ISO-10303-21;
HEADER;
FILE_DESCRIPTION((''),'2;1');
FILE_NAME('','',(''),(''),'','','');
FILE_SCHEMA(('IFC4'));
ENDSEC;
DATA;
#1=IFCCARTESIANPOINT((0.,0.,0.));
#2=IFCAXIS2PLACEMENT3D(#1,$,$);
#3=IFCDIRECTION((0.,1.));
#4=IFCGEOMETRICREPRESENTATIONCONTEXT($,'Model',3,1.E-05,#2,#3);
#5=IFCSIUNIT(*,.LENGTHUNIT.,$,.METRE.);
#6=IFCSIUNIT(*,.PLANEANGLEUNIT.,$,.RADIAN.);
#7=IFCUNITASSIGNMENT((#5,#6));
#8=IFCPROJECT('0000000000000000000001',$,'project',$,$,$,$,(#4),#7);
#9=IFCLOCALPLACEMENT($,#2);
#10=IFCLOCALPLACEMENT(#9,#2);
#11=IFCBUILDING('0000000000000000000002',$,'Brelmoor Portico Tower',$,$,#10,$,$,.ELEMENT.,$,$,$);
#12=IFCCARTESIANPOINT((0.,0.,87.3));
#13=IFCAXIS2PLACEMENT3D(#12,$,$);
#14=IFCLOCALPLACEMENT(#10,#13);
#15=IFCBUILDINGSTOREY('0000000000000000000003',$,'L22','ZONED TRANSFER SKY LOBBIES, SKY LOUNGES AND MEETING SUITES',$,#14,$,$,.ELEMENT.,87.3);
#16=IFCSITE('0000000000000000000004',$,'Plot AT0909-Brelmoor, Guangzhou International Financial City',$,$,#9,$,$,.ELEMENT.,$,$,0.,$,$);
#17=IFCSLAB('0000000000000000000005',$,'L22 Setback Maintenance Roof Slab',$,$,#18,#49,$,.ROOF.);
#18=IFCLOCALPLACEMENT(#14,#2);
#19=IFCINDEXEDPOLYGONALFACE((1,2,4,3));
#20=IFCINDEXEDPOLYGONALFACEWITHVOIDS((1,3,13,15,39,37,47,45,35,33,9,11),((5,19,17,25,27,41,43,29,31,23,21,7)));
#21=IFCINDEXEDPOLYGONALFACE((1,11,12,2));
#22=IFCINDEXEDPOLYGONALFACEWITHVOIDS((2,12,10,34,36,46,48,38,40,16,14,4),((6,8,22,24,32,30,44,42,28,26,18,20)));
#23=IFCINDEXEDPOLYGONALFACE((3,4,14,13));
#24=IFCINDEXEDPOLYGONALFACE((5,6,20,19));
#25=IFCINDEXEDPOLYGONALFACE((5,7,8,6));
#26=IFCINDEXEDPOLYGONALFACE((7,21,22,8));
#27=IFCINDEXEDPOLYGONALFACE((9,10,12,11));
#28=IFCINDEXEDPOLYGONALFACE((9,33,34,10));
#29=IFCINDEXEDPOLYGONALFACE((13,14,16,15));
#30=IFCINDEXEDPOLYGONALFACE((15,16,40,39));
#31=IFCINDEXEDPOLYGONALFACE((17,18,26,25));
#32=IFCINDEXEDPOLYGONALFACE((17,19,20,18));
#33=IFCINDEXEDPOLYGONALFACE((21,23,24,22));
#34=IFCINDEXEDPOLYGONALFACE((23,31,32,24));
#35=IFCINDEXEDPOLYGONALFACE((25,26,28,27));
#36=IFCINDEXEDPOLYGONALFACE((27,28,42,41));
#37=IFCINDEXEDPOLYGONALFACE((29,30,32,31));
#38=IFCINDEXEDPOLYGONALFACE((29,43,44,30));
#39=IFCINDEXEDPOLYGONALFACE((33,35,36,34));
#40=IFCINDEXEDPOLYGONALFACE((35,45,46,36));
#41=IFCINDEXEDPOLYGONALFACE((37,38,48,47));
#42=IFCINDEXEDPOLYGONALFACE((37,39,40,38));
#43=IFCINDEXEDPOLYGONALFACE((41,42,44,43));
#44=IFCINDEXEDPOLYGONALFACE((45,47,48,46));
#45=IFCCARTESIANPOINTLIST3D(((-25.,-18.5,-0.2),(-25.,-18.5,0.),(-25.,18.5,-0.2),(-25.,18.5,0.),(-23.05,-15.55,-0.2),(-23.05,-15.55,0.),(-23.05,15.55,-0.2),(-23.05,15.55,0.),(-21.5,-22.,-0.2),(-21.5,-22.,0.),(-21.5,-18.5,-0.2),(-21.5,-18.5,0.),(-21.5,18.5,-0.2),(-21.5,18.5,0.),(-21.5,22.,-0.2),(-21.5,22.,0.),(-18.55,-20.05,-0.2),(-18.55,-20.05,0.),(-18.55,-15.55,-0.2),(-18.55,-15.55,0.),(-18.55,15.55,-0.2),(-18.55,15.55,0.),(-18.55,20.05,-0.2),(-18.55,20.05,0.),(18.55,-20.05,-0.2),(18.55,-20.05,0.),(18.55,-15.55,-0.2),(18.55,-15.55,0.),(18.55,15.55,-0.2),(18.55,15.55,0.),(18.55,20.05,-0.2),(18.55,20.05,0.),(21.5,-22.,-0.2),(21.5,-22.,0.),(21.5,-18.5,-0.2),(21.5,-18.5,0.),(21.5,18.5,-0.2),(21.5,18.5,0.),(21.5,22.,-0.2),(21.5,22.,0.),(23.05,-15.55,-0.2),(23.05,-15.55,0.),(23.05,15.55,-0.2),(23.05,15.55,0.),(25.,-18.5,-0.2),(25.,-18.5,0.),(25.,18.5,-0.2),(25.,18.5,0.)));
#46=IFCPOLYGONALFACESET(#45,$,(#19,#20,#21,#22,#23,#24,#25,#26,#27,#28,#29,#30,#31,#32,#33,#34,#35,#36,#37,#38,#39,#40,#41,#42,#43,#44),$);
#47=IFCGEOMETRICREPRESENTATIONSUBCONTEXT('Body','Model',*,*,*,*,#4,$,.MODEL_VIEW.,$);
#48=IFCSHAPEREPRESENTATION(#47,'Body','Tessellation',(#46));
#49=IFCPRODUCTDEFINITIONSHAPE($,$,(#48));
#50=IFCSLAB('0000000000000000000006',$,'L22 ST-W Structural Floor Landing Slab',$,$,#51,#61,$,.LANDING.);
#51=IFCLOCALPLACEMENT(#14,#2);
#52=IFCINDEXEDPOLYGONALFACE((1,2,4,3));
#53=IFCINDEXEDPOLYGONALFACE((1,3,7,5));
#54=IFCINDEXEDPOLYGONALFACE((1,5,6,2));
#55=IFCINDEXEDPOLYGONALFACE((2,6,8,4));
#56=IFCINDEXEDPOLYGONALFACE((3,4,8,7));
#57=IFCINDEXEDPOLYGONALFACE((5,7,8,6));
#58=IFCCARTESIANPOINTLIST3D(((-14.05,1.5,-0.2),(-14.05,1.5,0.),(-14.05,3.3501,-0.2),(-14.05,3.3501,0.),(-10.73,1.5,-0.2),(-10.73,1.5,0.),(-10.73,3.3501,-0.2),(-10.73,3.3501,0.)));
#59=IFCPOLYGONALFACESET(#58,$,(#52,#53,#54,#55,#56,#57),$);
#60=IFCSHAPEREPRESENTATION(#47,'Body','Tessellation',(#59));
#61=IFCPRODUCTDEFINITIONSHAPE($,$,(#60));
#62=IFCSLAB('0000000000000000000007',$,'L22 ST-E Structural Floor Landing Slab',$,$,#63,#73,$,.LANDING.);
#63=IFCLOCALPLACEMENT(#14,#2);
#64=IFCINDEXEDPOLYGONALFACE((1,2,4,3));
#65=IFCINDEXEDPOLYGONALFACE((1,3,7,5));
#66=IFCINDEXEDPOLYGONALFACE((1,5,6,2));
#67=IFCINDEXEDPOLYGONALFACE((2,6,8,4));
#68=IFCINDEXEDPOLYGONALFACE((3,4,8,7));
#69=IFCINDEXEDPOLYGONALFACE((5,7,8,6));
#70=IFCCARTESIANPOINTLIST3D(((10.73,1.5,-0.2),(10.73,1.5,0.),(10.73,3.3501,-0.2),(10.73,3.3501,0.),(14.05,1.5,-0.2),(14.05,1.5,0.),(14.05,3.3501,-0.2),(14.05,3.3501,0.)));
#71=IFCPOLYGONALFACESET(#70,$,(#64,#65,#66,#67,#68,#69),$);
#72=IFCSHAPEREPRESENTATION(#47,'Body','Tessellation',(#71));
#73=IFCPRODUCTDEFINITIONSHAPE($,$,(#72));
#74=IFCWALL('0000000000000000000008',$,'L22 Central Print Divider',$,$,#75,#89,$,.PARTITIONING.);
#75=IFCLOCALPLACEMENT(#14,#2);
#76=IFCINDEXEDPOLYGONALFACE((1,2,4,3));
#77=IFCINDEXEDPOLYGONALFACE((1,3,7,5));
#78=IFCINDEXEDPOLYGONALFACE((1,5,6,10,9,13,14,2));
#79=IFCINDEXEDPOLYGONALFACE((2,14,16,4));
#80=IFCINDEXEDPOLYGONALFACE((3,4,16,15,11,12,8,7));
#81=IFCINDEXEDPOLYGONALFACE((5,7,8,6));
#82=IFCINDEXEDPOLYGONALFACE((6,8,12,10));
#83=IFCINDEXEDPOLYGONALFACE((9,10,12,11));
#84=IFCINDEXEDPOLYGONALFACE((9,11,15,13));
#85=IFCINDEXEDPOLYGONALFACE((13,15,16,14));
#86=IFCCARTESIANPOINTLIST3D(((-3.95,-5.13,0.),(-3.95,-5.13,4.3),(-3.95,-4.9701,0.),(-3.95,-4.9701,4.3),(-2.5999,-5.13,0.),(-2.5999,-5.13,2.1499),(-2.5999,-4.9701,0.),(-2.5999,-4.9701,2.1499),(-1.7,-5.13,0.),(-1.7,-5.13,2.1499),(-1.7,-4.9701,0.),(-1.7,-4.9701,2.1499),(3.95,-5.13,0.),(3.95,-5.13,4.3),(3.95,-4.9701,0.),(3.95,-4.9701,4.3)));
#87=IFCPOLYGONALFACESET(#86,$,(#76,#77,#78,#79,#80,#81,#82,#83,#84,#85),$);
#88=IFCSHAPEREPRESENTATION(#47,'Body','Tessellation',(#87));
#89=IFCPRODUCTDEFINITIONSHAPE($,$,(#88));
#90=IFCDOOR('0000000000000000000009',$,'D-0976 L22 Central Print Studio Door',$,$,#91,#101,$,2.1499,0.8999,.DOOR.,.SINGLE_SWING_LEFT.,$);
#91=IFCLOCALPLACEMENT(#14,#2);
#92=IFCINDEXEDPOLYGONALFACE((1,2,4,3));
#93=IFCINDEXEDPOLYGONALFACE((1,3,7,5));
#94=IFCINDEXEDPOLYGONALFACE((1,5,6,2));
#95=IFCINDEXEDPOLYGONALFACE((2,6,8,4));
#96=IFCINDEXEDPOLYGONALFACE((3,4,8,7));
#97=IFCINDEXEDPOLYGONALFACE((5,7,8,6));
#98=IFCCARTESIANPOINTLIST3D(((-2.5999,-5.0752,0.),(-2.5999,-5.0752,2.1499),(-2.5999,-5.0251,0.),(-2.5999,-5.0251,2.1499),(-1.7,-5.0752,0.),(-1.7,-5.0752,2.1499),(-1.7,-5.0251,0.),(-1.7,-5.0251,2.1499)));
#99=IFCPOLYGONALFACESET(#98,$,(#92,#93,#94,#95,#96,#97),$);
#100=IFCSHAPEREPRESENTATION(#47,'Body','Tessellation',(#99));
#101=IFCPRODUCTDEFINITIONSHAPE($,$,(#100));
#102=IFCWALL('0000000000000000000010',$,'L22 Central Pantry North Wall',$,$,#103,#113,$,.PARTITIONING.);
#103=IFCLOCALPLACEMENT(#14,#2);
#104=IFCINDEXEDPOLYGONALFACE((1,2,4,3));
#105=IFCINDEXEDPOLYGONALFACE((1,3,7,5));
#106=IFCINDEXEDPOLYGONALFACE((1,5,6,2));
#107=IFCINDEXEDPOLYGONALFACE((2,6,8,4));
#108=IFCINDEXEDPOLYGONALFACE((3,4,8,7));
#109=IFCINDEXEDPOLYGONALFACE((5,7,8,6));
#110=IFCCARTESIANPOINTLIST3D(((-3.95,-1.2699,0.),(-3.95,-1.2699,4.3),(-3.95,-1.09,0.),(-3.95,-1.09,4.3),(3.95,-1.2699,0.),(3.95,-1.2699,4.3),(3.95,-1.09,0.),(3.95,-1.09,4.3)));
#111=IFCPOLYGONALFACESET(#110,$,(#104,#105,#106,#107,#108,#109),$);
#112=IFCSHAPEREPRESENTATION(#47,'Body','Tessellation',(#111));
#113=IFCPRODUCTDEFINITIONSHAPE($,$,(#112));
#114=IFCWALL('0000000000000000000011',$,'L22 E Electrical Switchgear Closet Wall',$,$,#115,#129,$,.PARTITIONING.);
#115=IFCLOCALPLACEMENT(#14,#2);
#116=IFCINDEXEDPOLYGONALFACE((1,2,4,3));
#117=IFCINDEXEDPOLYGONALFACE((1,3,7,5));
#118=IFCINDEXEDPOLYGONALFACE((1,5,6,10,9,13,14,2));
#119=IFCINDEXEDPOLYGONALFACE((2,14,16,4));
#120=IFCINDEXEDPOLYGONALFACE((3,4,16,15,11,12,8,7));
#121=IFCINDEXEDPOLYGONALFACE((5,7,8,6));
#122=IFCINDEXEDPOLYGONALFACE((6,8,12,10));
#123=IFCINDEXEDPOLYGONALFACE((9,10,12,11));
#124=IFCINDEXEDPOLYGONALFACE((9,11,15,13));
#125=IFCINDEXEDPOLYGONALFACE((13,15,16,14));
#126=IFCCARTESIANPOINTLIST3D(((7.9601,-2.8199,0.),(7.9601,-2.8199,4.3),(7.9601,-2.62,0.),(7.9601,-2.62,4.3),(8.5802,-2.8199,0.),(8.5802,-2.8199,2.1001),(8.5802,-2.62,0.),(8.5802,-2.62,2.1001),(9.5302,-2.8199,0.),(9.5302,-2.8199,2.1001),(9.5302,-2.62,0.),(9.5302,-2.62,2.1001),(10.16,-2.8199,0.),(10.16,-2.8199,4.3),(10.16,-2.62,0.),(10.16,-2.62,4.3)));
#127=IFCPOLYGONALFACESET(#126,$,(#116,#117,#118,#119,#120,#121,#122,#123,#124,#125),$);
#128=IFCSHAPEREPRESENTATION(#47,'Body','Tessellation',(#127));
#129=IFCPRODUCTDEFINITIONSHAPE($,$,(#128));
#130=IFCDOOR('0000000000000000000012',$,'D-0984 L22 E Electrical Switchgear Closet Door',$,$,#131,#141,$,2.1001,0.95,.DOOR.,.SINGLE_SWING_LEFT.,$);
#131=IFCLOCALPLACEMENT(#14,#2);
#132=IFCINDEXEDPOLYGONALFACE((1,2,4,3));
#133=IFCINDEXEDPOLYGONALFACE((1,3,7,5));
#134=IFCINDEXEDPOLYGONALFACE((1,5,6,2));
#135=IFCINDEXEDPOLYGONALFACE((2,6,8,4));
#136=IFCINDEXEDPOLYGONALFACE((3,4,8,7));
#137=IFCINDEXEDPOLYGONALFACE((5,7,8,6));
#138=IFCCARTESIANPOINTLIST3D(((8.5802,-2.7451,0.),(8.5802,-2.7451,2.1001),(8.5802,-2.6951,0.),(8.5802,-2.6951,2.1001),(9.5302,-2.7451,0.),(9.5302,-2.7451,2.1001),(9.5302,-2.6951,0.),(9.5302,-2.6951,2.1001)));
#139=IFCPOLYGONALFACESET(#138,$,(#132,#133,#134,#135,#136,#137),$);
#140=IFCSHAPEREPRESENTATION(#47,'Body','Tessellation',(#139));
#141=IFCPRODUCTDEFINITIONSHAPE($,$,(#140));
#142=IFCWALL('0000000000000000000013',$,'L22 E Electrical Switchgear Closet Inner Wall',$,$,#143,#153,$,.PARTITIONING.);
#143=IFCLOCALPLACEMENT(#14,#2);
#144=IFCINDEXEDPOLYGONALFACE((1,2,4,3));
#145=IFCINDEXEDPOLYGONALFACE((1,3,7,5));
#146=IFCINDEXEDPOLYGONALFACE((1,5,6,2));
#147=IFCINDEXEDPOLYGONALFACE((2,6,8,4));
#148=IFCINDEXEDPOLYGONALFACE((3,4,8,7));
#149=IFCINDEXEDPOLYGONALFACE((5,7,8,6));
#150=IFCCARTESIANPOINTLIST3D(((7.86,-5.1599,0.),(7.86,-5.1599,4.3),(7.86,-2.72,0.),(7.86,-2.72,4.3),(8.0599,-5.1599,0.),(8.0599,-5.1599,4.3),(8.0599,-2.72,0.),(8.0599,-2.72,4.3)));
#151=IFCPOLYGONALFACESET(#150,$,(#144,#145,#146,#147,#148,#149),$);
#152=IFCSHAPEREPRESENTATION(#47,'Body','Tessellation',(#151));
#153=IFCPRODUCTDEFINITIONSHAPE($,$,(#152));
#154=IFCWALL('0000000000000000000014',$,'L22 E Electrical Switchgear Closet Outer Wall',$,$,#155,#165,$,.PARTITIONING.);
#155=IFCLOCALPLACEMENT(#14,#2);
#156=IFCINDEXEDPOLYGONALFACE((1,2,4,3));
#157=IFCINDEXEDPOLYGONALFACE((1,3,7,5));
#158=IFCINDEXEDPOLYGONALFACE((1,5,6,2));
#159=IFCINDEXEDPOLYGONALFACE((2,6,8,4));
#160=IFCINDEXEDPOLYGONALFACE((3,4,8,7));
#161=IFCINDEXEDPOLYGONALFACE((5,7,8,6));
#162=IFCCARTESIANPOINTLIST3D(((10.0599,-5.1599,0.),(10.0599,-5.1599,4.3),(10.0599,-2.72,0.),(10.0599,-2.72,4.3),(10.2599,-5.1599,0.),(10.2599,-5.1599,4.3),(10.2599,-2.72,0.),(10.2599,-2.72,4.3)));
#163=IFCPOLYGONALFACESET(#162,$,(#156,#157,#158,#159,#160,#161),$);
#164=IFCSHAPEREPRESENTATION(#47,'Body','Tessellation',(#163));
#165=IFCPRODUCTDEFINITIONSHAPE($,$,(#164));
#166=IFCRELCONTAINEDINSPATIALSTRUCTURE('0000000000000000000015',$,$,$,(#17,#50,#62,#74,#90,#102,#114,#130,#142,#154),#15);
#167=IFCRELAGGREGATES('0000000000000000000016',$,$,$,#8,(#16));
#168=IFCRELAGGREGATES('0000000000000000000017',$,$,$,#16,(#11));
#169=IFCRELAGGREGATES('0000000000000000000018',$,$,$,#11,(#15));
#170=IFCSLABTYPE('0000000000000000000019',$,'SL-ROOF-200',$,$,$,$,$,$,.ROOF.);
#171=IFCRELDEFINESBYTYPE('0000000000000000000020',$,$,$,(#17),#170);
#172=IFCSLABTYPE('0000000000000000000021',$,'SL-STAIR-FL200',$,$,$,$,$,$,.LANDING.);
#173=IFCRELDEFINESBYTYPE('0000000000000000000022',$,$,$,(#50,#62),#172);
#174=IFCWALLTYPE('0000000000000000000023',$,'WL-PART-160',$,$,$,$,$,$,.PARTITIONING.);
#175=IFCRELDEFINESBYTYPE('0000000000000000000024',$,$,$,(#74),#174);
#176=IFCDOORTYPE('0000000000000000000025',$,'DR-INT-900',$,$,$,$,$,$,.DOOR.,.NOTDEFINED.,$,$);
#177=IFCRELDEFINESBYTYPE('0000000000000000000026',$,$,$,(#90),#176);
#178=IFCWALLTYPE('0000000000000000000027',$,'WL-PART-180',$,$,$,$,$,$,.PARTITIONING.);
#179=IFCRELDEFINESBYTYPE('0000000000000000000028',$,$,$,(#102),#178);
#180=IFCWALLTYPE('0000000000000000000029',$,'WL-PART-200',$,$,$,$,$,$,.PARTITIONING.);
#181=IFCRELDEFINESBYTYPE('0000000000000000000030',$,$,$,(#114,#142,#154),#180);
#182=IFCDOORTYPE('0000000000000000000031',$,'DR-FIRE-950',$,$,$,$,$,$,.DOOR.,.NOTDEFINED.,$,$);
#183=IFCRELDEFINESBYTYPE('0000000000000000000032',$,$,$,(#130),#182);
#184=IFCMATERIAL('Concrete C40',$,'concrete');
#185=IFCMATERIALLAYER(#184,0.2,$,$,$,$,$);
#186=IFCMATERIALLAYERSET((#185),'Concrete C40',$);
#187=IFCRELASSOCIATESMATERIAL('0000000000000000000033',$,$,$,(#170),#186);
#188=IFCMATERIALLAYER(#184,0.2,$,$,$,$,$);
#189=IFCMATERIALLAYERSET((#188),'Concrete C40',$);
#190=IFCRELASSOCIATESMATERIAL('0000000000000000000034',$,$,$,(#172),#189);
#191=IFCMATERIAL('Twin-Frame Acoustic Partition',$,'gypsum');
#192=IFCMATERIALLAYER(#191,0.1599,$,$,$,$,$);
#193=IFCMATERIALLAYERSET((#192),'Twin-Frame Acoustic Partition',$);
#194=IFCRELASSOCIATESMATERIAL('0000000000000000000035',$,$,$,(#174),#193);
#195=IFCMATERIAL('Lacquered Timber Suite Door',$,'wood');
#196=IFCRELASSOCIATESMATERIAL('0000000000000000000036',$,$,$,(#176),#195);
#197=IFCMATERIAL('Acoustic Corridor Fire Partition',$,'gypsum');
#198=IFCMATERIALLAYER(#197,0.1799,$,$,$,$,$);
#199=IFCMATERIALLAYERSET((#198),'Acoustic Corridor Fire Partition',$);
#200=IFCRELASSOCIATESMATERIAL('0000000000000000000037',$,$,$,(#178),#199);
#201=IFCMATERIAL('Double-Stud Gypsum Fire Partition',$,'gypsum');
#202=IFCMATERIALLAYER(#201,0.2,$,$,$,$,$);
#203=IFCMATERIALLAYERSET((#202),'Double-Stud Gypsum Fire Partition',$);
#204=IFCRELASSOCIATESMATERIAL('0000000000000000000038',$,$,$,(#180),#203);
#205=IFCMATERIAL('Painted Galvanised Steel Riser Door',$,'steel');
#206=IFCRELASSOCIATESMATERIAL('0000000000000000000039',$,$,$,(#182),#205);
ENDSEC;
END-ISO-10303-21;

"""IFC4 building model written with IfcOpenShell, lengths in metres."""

from ifc_helpers import new_model, si_unit, direction, frame, frame_2d, origin, place, context, subcontext, project, spatial, polyline, rectangle, outline, extrude, material, layer, layer_set, type_object, element, fill, save


model = new_model("IFC4")

# Units and contexts
model_context = context("Model", 3, precision=1e-05, world=origin(), true_north=direction((0.0, 1.0)))
body_context = subcontext(model_context, "Body", "Model", "MODEL_VIEW")
ifc_project = project(units=[si_unit("LENGTHUNIT", "METRE"), si_unit("PLANEANGLEUNIT", "RADIAN")], contexts=[model_context])

# Site, building, storey
site_placement = place(None, origin())
site = spatial("IfcSite", under=ifc_project, at=site_placement, Name="Plot AT0909-Brelmoor, Guangzhou International Financial City", CompositionType="ELEMENT", RefElevation=0.0)
building_placement = place(site_placement, origin())
building = spatial("IfcBuilding", under=site, at=building_placement, Name="Brelmoor Portico Tower", CompositionType="ELEMENT")
storey_placement = place(building_placement, frame((0.0, 0.0, 87.3)))
storey = spatial("IfcBuildingStorey", under=building, at=storey_placement, Name="L22", Description="ZONED TRANSFER SKY LOBBIES, SKY LOUNGES AND MEETING SUITES", CompositionType="ELEMENT", Elevation=87.3)

# Shared definitions
ifc_material_1 = material(Name="Concrete C40", Category="concrete")

# Slabs
ifc_layer_1 = layer(ifc_material_1, 0.2)
ifc_layer_set_1 = layer_set([ifc_layer_1], Name="Concrete C40")
slab_type_1 = type_object("IfcSlabType", Name="SL-ROOF-200", PredefinedType="ROOF", material=ifc_layer_set_1)
slab_1_placement = place(storey_placement, frame((0.0, 0.0, -0.2)))
element("IfcSlab", 1, at=slab_1_placement, inside=storey, type_object=slab_type_1, Name="L22 Setback Maintenance Roof Slab", PredefinedType="ROOF", context=body_context, shape_type="SweptSolid", body=[
    extrude(outline(polyline([(-21.5, -22.0), (21.5, -22.0), (21.5, -18.5), (25.0, -18.5), (25.0, 18.5), (21.5, 18.5), (21.5, 22.0), (-21.5, 22.0), (-21.5, 18.5), (-25.0, 18.5), (-25.0, -18.5), (-21.5, -18.5), (-21.5, -22.0)]), holes=[polyline([(-18.55, -20.05), (18.55, -20.05), (18.55, -15.55), (23.05, -15.55), (23.05, 15.55), (18.55, 15.55), (18.55, 20.05), (-18.55, 20.05), (-18.55, 15.55), (-23.05, 15.55), (-23.05, -15.55), (-18.55, -15.55), (-18.55, -20.05)])]), origin(), (0.0, 0.0, 1.0), 0.2),
])
ifc_layer_2 = layer(ifc_material_1, 0.2)
ifc_layer_set_2 = layer_set([ifc_layer_2], Name="Concrete C40")
slab_type_2 = type_object("IfcSlabType", Name="SL-STAIR-FL200", PredefinedType="LANDING", material=ifc_layer_set_2)
slab_2_placement = place(storey_placement, frame((0.0, 0.0, -0.2)))
element("IfcSlab", 2, at=slab_2_placement, inside=storey, type_object=slab_type_2, Name="L22 ST-W Structural Floor Landing Slab", PredefinedType="LANDING", context=body_context, shape_type="SweptSolid", body=[
    extrude(outline(polyline([(-10.73, 1.5), (-10.73, 3.3501), (-14.05, 3.3501), (-14.05, 1.5), (-10.73, 1.5)])), origin(), (0.0, 0.0, 1.0), 0.2),
])
slab_3_placement = place(storey_placement, frame((0.0, 0.0, -0.2)))
element("IfcSlab", 3, at=slab_3_placement, inside=storey, type_object=slab_type_2, Name="L22 ST-E Structural Floor Landing Slab", PredefinedType="LANDING", context=body_context, shape_type="SweptSolid", body=[
    extrude(outline(polyline([(14.05, 1.5), (14.05, 3.3501), (10.73, 3.3501), (10.73, 1.5), (14.05, 1.5)])), origin(), (0.0, 0.0, 1.0), 0.2),
])

# Wall, opening, door
ifc_material_2 = material(Name="Twin-Frame Acoustic Partition", Category="gypsum")
ifc_layer_3 = layer(ifc_material_2, 0.1599)
ifc_layer_set_3 = layer_set([ifc_layer_3], Name="Twin-Frame Acoustic Partition")
wall_type_1 = type_object("IfcWallType", Name="WL-PART-160", PredefinedType="PARTITIONING", material=ifc_layer_set_3)
wall_1_placement = place(storey_placement, frame((-3.95, -5.05, 0.0), z_axis=(0.0, 0.0, 1.0), x_axis=(1.0, 0.0, 0.0)))
wall_1 = element("IfcWall", 4, at=wall_1_placement, inside=storey, type_object=wall_type_1, Name="L22 Central Print Divider", PredefinedType="PARTITIONING", context=body_context, shape_type="SweptSolid", body=[
    extrude(rectangle(XDim=7.8999, YDim=0.1599, at=frame_2d((3.95, 0.0))), origin(), (0.0, 0.0, 1.0), 4.3),
])
opening_1_placement = place(wall_1_placement, frame((1.3501, 0.0, 0.0)))
opening_1 = element("IfcOpeningElement", 5, at=opening_1_placement, cuts=wall_1, PredefinedType="OPENING", context=body_context, shape_type="SweptSolid", body=[
    extrude(rectangle(XDim=0.8999, YDim=2.1499, at=frame_2d((0.45, 1.075))), frame((0.0, 0.0898, 0.0), z_axis=(0.0, -1.0, 0.0), x_axis=(1.0, 0.0, 0.0)), (0.0, 0.0, 1.0), 0.1799),
])
ifc_material_3 = material(Name="Lacquered Timber Suite Door", Category="wood")
door_type_1 = type_object("IfcDoorType", Name="DR-INT-900", OperationType="NOTDEFINED", PredefinedType="DOOR", material=ifc_material_3)
door_1_placement = place(opening_1_placement, origin())
door_1 = element("IfcDoor", 6, at=door_1_placement, inside=storey, type_object=door_type_1, Name="D-0976 L22 Central Print Studio Door", OperationType="SINGLE_SWING_LEFT", OverallHeight=2.1499, OverallWidth=0.8999, PredefinedType="DOOR", context=body_context, shape_type="SweptSolid", body=[
    extrude(rectangle(XDim=0.8999, YDim=2.1499, at=frame_2d((0.45, 1.075))), frame((0.0, 0.0249, 0.0), z_axis=(0.0, -1.0, 0.0), x_axis=(1.0, 0.0, 0.0)), (0.0, 0.0, 1.0), 0.05),
])
fill(opening_1, door_1)

# Wall
ifc_material_4 = material(Name="Acoustic Corridor Fire Partition", Category="gypsum")
ifc_layer_4 = layer(ifc_material_4, 0.1799)
ifc_layer_set_4 = layer_set([ifc_layer_4], Name="Acoustic Corridor Fire Partition")
wall_type_2 = type_object("IfcWallType", Name="WL-PART-180", PredefinedType="PARTITIONING", material=ifc_layer_set_4)
wall_2_placement = place(storey_placement, frame((-3.95, -1.1799, 0.0), z_axis=(0.0, 0.0, 1.0), x_axis=(1.0, 0.0, 0.0)))
element("IfcWall", 7, at=wall_2_placement, inside=storey, type_object=wall_type_2, Name="L22 Central Pantry North Wall", PredefinedType="PARTITIONING", context=body_context, shape_type="SweptSolid", body=[
    extrude(rectangle(XDim=7.8999, YDim=0.1799, at=frame_2d((3.95, 0.0))), origin(), (0.0, 0.0, 1.0), 4.3),
])

# Wall, opening, door
ifc_material_5 = material(Name="Double-Stud Gypsum Fire Partition", Category="gypsum")
ifc_layer_5 = layer(ifc_material_5, 0.2)
ifc_layer_set_5 = layer_set([ifc_layer_5], Name="Double-Stud Gypsum Fire Partition")
wall_type_3 = type_object("IfcWallType", Name="WL-PART-200", PredefinedType="PARTITIONING", material=ifc_layer_set_5)
wall_3_placement = place(storey_placement, frame((7.96, -2.72, 0.0), z_axis=(0.0, 0.0, 1.0), x_axis=(1.0, 0.0, 0.0)))
wall_3 = element("IfcWall", 8, at=wall_3_placement, inside=storey, type_object=wall_type_3, Name="L22 E Electrical Switchgear Closet Wall", PredefinedType="PARTITIONING", context=body_context, shape_type="SweptSolid", body=[
    extrude(rectangle(XDim=2.2, YDim=0.2, at=frame_2d((1.1001, 0.0))), origin(), (0.0, 0.0, 1.0), 4.3),
])
opening_2_placement = place(wall_3_placement, frame((0.6201, 0.0, 0.0)))
opening_2 = element("IfcOpeningElement", 9, at=opening_2_placement, cuts=wall_3, PredefinedType="OPENING", context=body_context, shape_type="SweptSolid", body=[
    extrude(rectangle(XDim=0.95, YDim=2.1001, at=frame_2d((0.4751, 1.05))), frame((0.0, 0.1099, 0.0), z_axis=(0.0, -1.0, 0.0), x_axis=(1.0, 0.0, 0.0)), (0.0, 0.0, 1.0), 0.22),
])
ifc_material_6 = material(Name="Painted Galvanised Steel Riser Door", Category="steel")
door_type_2 = type_object("IfcDoorType", Name="DR-FIRE-950", OperationType="NOTDEFINED", PredefinedType="DOOR", material=ifc_material_6)
door_2_placement = place(opening_2_placement, origin())
door_2 = element("IfcDoor", 10, at=door_2_placement, inside=storey, type_object=door_type_2, Name="D-0984 L22 E Electrical Switchgear Closet Door", OperationType="SINGLE_SWING_LEFT", OverallHeight=2.1001, OverallWidth=0.95, PredefinedType="DOOR", context=body_context, shape_type="SweptSolid", body=[
    extrude(rectangle(XDim=0.95, YDim=2.1001, at=frame_2d((0.4751, 1.05))), frame((0.0, 0.0249, 0.0), z_axis=(0.0, -1.0, 0.0), x_axis=(1.0, 0.0, 0.0)), (0.0, 0.0, 1.0), 0.05),
])
fill(opening_2, door_2)

# Walls
for number, where, z_axis, x_axis, name in (
    (11, (7.96, -5.1599, 0.0), (0.0, 0.0, 1.0), (0.0, 1.0, 0.0), "L22 E Electrical Switchgear Closet Inner Wall"),
    (12, (10.1599, -5.1599, 0.0), (0.0, 0.0, 1.0), (0.0, 1.0, 0.0), "L22 E Electrical Switchgear Closet Outer Wall"),
):
    element("IfcWall", number, at=place(storey_placement, frame(where, z_axis=z_axis, x_axis=x_axis)), inside=storey, type_object=wall_type_3, Name=name, PredefinedType="PARTITIONING", context=body_context, shape_type="SweptSolid", body=[
        extrude(rectangle(XDim=2.4399, YDim=0.2, at=frame_2d((1.22, 0.0))), origin(), (0.0, 0.0, 1.0), 4.3),
    ])

save(model, "model.ifc")
